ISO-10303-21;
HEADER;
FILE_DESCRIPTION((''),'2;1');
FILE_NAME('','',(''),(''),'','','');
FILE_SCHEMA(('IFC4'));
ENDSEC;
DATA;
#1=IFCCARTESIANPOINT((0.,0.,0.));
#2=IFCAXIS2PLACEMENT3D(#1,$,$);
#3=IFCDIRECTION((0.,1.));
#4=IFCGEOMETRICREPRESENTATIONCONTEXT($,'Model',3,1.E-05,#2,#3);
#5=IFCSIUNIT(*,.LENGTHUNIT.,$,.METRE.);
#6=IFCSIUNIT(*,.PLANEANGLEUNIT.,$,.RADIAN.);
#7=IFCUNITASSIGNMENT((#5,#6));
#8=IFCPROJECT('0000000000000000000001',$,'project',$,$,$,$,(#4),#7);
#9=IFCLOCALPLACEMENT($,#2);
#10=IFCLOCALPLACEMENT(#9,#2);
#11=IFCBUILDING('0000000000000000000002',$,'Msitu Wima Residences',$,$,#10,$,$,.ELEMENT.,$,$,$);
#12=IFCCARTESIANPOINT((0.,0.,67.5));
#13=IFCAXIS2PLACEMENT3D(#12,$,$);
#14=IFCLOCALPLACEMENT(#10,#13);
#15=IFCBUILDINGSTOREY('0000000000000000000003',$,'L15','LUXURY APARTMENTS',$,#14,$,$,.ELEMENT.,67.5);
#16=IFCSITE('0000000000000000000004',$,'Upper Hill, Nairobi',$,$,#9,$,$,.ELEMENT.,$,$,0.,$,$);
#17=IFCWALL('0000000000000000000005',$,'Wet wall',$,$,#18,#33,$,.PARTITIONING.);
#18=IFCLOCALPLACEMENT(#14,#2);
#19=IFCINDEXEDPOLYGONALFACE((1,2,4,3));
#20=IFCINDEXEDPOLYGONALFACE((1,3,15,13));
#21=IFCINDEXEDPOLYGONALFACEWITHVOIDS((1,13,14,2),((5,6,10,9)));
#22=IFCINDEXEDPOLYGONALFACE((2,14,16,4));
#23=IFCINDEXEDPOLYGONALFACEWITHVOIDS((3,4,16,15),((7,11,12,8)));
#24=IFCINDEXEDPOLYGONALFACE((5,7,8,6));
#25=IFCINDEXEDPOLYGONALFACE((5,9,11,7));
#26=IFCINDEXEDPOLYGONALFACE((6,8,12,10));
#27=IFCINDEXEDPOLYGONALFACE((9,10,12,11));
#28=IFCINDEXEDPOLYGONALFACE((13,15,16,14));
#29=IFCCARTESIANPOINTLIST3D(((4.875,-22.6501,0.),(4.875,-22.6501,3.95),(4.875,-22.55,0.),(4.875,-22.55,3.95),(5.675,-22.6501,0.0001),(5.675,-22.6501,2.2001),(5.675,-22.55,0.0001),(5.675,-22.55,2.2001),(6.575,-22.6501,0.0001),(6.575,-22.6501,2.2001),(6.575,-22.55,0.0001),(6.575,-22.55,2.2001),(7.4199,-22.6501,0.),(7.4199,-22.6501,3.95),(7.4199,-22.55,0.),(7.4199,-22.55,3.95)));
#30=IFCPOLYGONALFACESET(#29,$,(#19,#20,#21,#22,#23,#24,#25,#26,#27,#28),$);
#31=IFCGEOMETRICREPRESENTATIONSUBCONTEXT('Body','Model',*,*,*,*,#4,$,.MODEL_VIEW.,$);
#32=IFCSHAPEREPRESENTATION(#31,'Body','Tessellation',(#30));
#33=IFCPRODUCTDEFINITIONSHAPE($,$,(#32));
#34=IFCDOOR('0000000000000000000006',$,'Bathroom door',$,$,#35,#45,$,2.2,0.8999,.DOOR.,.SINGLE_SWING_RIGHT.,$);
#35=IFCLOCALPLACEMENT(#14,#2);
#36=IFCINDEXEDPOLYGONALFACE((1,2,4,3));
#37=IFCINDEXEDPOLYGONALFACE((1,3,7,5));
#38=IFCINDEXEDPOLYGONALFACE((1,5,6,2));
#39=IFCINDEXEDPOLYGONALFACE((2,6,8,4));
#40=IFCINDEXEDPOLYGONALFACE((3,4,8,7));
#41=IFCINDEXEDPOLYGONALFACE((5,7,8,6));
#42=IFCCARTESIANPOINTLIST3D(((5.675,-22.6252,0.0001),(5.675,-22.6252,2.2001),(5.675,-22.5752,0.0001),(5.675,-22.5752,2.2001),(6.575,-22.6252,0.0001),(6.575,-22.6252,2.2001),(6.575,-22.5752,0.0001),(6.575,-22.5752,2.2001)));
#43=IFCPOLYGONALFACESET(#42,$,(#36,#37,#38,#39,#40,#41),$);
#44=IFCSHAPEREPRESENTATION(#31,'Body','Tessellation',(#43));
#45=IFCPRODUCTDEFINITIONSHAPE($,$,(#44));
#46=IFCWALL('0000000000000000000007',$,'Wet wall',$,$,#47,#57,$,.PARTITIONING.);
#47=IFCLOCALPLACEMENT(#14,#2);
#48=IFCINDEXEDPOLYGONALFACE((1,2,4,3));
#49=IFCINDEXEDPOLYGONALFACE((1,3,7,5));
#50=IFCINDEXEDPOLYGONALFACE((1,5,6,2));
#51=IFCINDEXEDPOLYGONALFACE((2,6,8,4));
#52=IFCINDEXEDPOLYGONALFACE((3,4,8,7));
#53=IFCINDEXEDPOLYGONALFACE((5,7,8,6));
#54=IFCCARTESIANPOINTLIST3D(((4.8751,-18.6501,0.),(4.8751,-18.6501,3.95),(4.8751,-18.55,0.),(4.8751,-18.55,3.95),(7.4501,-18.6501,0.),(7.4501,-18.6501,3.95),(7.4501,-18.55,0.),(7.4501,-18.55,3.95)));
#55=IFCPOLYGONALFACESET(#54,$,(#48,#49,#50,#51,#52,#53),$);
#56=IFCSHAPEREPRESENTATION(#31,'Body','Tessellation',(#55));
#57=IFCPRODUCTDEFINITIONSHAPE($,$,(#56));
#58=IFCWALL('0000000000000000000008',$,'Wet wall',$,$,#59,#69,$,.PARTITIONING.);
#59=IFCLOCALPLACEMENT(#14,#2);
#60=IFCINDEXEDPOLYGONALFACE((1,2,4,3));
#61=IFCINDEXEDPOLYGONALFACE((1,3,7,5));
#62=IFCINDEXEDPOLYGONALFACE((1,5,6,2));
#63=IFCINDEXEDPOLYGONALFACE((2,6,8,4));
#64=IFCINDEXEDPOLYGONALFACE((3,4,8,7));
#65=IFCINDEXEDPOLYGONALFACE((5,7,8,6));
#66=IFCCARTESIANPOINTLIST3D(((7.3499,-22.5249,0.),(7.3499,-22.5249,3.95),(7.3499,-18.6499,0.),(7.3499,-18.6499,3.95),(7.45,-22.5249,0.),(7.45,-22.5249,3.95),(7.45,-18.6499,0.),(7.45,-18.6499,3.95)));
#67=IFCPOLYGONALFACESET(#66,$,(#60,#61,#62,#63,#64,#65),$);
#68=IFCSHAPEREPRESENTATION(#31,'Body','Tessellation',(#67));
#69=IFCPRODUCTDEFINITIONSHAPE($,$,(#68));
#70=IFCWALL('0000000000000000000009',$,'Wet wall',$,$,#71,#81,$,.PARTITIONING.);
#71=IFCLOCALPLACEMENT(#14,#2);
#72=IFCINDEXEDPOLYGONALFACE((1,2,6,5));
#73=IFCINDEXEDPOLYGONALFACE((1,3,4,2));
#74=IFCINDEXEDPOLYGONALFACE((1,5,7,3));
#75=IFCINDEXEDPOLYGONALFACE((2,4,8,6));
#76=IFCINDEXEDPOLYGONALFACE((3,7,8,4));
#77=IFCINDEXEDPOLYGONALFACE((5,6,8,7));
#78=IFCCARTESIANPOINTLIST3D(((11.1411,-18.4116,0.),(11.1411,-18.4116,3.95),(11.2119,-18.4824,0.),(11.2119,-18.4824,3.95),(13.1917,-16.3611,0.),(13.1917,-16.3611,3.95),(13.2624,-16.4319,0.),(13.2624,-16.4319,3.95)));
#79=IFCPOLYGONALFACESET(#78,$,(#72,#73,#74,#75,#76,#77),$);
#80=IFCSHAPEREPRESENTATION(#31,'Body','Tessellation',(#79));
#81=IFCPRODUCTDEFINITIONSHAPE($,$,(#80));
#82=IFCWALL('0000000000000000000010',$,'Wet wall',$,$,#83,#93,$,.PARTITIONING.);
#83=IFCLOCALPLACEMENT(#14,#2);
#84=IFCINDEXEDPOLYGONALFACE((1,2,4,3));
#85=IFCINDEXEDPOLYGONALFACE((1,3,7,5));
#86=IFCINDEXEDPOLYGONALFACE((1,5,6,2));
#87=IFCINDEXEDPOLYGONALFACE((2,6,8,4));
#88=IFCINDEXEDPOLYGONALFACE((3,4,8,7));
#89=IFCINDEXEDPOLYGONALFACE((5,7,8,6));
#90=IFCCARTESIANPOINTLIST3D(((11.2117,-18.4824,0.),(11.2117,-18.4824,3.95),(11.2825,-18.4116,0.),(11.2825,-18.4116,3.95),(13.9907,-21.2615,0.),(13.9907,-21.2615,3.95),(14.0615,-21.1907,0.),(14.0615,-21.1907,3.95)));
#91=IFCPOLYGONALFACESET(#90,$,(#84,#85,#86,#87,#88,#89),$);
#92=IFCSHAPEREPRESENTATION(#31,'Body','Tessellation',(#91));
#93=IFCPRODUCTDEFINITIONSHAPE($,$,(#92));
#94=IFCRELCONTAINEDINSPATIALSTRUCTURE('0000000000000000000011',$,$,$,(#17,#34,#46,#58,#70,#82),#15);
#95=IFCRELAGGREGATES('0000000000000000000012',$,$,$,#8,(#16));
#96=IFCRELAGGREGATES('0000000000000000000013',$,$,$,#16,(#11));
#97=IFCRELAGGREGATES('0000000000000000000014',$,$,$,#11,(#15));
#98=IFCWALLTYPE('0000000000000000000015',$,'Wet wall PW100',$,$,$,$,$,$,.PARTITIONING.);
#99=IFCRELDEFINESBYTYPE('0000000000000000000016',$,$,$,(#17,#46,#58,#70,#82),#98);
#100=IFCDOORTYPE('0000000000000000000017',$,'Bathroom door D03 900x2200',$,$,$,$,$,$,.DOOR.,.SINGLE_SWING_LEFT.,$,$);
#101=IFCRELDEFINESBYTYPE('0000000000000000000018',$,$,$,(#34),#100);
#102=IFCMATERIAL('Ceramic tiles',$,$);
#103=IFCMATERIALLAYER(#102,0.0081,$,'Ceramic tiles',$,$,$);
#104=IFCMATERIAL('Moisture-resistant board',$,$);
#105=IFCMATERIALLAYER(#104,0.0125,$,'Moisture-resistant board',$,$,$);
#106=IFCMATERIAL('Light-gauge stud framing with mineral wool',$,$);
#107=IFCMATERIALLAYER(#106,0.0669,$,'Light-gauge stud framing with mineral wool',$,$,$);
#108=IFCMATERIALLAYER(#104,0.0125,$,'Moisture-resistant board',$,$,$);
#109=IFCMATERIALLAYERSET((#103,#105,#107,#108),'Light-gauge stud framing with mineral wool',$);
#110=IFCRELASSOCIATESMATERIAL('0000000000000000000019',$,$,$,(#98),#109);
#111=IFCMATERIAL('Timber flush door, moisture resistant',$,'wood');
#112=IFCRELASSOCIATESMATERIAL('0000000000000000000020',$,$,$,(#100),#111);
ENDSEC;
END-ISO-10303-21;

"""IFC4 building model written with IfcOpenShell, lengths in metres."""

from ifc_helpers import new_model, si_unit, direction, frame, frame_2d, origin, place, context, subcontext, project, spatial, rectangle, extrude, material, layer, layer_set, type_object, element, fill, save


model = new_model("IFC4")

# Units and contexts
model_context = context("Model", 3, precision=1e-05, world=origin(), true_north=direction((0.0, 1.0)))
body_context = subcontext(model_context, "Body", "Model", "MODEL_VIEW")
ifc_project = project(units=[si_unit("LENGTHUNIT", "METRE"), si_unit("PLANEANGLEUNIT", "RADIAN")], contexts=[model_context])

# Site, building, storey
site_placement = place(None, origin())
site = spatial("IfcSite", under=ifc_project, at=site_placement, Name="Upper Hill, Nairobi", CompositionType="ELEMENT", RefElevation=0.0)
building_placement = place(site_placement, origin())
building = spatial("IfcBuilding", under=site, at=building_placement, Name="Msitu Wima Residences", CompositionType="ELEMENT")
storey_placement = place(building_placement, frame((0.0, 0.0, 67.5)))
storey = spatial("IfcBuildingStorey", under=building, at=storey_placement, Name="L15", Description="LUXURY APARTMENTS", CompositionType="ELEMENT", Elevation=67.5)

# Shared definitions
ifc_material_1 = material(Name="Ceramic tiles")
ifc_layer_1 = layer(ifc_material_1, 0.0081, Name="Ceramic tiles")
ifc_material_2 = material(Name="Moisture-resistant board")
ifc_layer_2 = layer(ifc_material_2, 0.0125, Name="Moisture-resistant board")
ifc_material_3 = material(Name="Light-gauge stud framing with mineral wool")
ifc_layer_3 = layer(ifc_material_3, 0.0669, Name="Light-gauge stud framing with mineral wool")
ifc_layer_4 = layer(ifc_material_2, 0.0125, Name="Moisture-resistant board")
ifc_layer_set_1 = layer_set([ifc_layer_1, ifc_layer_2, ifc_layer_3, ifc_layer_4], Name="Light-gauge stud framing with mineral wool")
wall_type_1 = type_object("IfcWallType", Name="Wet wall PW100", PredefinedType="PARTITIONING", material=ifc_layer_set_1)

# Wall, opening, door
wall_1_placement = place(storey_placement, frame((4.875, -22.6001, 0.0), z_axis=(0.0, 0.0, 1.0), x_axis=(1.0, 0.0, 0.0)))
wall_1 = element("IfcWall", 1, at=wall_1_placement, inside=storey, type_object=wall_type_1, Name="Wet wall", PredefinedType="PARTITIONING", context=body_context, shape_type="SweptSolid", body=[
    extrude(rectangle(XDim=2.5449, YDim=0.1001, at=frame_2d((1.2725, 0.0))), origin(), (0.0, 0.0, 1.0), 3.95),
])
opening_1_placement = place(wall_1_placement, frame((0.8, 0.0, 0.0)))
opening_1 = element("IfcOpeningElement", 2, at=opening_1_placement, cuts=wall_1, PredefinedType="OPENING", context=body_context, shape_type="SweptSolid", body=[
    extrude(rectangle(XDim=0.8999, YDim=2.2, at=frame_2d((0.45, 1.1001))), frame((0.0, 0.0601, 0.0), z_axis=(0.0, -1.0, 0.0), x_axis=(1.0, 0.0, 0.0)), (0.0, 0.0, 1.0), 0.1201),
])
ifc_material_4 = material(Name="Timber flush door, moisture resistant", Category="wood")
door_type_1 = type_object("IfcDoorType", Name="Bathroom door D03 900x2200", OperationType="SINGLE_SWING_LEFT", PredefinedType="DOOR", material=ifc_material_4)
door_1_placement = place(opening_1_placement, origin())
door_1 = element("IfcDoor", 3, at=door_1_placement, inside=storey, type_object=door_type_1, Name="Bathroom door", OperationType="SINGLE_SWING_RIGHT", OverallHeight=2.2, OverallWidth=0.8999, PredefinedType="DOOR", context=body_context, shape_type="SweptSolid", body=[
    extrude(rectangle(XDim=0.8999, YDim=2.2, at=frame_2d((0.45, 1.1001))), frame((0.0, 0.0249, 0.0), z_axis=(0.0, -1.0, 0.0), x_axis=(1.0, 0.0, 0.0)), (0.0, 0.0, 1.0), 0.05),
])
fill(opening_1, door_1)

# Walls
wall_2_placement = place(storey_placement, frame((4.875, -18.6001, 0.0), z_axis=(0.0, 0.0, 1.0), x_axis=(1.0, 0.0, 0.0)))
element("IfcWall", 4, at=wall_2_placement, inside=storey, type_object=wall_type_1, Name="Wet wall", PredefinedType="PARTITIONING", context=body_context, shape_type="SweptSolid", body=[
    extrude(rectangle(XDim=2.575, YDim=0.1001, at=frame_2d((1.2876, 0.0))), origin(), (0.0, 0.0, 1.0), 3.95),
])
wall_3_placement = place(storey_placement, frame((7.3999, -22.5249, 0.0), z_axis=(0.0, 0.0, 1.0), x_axis=(0.0, 1.0, 0.0)))
element("IfcWall", 5, at=wall_3_placement, inside=storey, type_object=wall_type_1, Name="Wet wall", PredefinedType="PARTITIONING", context=body_context, shape_type="SweptSolid", body=[
    extrude(rectangle(XDim=3.875, YDim=0.1001, at=frame_2d((1.9375, 0.0))), origin(), (0.0, 0.0, 1.0), 3.95),
])
wall_4_placement = place(storey_placement, frame((11.1765, -18.447, 0.0), z_axis=(0.0, 0.0, 1.0), x_axis=(0.707107, 0.707107, 0.0)))
element("IfcWall", 6, at=wall_4_placement, inside=storey, type_object=wall_type_1, Name="Wet wall", PredefinedType="PARTITIONING", context=body_context, shape_type="SweptSolid", body=[
    extrude(rectangle(XDim=2.8999, YDim=0.1001, at=frame_2d((1.45, 0.0))), origin(), (0.0, 0.0, 1.0), 3.95),
])
wall_5_placement = place(storey_placement, frame((11.2471, -18.447, 0.0), z_axis=(0.0, 0.0, 1.0), x_axis=(0.707107, -0.707107, 0.0)))
element("IfcWall", 7, at=wall_5_placement, inside=storey, type_object=wall_type_1, Name="Wet wall", PredefinedType="PARTITIONING", context=body_context, shape_type="SweptSolid", body=[
    extrude(rectangle(XDim=3.9302, YDim=0.1001, at=frame_2d((1.9651, 0.0))), origin(), (0.0, 0.0, 1.0), 3.95),
])

save(model, "model.ifc")
